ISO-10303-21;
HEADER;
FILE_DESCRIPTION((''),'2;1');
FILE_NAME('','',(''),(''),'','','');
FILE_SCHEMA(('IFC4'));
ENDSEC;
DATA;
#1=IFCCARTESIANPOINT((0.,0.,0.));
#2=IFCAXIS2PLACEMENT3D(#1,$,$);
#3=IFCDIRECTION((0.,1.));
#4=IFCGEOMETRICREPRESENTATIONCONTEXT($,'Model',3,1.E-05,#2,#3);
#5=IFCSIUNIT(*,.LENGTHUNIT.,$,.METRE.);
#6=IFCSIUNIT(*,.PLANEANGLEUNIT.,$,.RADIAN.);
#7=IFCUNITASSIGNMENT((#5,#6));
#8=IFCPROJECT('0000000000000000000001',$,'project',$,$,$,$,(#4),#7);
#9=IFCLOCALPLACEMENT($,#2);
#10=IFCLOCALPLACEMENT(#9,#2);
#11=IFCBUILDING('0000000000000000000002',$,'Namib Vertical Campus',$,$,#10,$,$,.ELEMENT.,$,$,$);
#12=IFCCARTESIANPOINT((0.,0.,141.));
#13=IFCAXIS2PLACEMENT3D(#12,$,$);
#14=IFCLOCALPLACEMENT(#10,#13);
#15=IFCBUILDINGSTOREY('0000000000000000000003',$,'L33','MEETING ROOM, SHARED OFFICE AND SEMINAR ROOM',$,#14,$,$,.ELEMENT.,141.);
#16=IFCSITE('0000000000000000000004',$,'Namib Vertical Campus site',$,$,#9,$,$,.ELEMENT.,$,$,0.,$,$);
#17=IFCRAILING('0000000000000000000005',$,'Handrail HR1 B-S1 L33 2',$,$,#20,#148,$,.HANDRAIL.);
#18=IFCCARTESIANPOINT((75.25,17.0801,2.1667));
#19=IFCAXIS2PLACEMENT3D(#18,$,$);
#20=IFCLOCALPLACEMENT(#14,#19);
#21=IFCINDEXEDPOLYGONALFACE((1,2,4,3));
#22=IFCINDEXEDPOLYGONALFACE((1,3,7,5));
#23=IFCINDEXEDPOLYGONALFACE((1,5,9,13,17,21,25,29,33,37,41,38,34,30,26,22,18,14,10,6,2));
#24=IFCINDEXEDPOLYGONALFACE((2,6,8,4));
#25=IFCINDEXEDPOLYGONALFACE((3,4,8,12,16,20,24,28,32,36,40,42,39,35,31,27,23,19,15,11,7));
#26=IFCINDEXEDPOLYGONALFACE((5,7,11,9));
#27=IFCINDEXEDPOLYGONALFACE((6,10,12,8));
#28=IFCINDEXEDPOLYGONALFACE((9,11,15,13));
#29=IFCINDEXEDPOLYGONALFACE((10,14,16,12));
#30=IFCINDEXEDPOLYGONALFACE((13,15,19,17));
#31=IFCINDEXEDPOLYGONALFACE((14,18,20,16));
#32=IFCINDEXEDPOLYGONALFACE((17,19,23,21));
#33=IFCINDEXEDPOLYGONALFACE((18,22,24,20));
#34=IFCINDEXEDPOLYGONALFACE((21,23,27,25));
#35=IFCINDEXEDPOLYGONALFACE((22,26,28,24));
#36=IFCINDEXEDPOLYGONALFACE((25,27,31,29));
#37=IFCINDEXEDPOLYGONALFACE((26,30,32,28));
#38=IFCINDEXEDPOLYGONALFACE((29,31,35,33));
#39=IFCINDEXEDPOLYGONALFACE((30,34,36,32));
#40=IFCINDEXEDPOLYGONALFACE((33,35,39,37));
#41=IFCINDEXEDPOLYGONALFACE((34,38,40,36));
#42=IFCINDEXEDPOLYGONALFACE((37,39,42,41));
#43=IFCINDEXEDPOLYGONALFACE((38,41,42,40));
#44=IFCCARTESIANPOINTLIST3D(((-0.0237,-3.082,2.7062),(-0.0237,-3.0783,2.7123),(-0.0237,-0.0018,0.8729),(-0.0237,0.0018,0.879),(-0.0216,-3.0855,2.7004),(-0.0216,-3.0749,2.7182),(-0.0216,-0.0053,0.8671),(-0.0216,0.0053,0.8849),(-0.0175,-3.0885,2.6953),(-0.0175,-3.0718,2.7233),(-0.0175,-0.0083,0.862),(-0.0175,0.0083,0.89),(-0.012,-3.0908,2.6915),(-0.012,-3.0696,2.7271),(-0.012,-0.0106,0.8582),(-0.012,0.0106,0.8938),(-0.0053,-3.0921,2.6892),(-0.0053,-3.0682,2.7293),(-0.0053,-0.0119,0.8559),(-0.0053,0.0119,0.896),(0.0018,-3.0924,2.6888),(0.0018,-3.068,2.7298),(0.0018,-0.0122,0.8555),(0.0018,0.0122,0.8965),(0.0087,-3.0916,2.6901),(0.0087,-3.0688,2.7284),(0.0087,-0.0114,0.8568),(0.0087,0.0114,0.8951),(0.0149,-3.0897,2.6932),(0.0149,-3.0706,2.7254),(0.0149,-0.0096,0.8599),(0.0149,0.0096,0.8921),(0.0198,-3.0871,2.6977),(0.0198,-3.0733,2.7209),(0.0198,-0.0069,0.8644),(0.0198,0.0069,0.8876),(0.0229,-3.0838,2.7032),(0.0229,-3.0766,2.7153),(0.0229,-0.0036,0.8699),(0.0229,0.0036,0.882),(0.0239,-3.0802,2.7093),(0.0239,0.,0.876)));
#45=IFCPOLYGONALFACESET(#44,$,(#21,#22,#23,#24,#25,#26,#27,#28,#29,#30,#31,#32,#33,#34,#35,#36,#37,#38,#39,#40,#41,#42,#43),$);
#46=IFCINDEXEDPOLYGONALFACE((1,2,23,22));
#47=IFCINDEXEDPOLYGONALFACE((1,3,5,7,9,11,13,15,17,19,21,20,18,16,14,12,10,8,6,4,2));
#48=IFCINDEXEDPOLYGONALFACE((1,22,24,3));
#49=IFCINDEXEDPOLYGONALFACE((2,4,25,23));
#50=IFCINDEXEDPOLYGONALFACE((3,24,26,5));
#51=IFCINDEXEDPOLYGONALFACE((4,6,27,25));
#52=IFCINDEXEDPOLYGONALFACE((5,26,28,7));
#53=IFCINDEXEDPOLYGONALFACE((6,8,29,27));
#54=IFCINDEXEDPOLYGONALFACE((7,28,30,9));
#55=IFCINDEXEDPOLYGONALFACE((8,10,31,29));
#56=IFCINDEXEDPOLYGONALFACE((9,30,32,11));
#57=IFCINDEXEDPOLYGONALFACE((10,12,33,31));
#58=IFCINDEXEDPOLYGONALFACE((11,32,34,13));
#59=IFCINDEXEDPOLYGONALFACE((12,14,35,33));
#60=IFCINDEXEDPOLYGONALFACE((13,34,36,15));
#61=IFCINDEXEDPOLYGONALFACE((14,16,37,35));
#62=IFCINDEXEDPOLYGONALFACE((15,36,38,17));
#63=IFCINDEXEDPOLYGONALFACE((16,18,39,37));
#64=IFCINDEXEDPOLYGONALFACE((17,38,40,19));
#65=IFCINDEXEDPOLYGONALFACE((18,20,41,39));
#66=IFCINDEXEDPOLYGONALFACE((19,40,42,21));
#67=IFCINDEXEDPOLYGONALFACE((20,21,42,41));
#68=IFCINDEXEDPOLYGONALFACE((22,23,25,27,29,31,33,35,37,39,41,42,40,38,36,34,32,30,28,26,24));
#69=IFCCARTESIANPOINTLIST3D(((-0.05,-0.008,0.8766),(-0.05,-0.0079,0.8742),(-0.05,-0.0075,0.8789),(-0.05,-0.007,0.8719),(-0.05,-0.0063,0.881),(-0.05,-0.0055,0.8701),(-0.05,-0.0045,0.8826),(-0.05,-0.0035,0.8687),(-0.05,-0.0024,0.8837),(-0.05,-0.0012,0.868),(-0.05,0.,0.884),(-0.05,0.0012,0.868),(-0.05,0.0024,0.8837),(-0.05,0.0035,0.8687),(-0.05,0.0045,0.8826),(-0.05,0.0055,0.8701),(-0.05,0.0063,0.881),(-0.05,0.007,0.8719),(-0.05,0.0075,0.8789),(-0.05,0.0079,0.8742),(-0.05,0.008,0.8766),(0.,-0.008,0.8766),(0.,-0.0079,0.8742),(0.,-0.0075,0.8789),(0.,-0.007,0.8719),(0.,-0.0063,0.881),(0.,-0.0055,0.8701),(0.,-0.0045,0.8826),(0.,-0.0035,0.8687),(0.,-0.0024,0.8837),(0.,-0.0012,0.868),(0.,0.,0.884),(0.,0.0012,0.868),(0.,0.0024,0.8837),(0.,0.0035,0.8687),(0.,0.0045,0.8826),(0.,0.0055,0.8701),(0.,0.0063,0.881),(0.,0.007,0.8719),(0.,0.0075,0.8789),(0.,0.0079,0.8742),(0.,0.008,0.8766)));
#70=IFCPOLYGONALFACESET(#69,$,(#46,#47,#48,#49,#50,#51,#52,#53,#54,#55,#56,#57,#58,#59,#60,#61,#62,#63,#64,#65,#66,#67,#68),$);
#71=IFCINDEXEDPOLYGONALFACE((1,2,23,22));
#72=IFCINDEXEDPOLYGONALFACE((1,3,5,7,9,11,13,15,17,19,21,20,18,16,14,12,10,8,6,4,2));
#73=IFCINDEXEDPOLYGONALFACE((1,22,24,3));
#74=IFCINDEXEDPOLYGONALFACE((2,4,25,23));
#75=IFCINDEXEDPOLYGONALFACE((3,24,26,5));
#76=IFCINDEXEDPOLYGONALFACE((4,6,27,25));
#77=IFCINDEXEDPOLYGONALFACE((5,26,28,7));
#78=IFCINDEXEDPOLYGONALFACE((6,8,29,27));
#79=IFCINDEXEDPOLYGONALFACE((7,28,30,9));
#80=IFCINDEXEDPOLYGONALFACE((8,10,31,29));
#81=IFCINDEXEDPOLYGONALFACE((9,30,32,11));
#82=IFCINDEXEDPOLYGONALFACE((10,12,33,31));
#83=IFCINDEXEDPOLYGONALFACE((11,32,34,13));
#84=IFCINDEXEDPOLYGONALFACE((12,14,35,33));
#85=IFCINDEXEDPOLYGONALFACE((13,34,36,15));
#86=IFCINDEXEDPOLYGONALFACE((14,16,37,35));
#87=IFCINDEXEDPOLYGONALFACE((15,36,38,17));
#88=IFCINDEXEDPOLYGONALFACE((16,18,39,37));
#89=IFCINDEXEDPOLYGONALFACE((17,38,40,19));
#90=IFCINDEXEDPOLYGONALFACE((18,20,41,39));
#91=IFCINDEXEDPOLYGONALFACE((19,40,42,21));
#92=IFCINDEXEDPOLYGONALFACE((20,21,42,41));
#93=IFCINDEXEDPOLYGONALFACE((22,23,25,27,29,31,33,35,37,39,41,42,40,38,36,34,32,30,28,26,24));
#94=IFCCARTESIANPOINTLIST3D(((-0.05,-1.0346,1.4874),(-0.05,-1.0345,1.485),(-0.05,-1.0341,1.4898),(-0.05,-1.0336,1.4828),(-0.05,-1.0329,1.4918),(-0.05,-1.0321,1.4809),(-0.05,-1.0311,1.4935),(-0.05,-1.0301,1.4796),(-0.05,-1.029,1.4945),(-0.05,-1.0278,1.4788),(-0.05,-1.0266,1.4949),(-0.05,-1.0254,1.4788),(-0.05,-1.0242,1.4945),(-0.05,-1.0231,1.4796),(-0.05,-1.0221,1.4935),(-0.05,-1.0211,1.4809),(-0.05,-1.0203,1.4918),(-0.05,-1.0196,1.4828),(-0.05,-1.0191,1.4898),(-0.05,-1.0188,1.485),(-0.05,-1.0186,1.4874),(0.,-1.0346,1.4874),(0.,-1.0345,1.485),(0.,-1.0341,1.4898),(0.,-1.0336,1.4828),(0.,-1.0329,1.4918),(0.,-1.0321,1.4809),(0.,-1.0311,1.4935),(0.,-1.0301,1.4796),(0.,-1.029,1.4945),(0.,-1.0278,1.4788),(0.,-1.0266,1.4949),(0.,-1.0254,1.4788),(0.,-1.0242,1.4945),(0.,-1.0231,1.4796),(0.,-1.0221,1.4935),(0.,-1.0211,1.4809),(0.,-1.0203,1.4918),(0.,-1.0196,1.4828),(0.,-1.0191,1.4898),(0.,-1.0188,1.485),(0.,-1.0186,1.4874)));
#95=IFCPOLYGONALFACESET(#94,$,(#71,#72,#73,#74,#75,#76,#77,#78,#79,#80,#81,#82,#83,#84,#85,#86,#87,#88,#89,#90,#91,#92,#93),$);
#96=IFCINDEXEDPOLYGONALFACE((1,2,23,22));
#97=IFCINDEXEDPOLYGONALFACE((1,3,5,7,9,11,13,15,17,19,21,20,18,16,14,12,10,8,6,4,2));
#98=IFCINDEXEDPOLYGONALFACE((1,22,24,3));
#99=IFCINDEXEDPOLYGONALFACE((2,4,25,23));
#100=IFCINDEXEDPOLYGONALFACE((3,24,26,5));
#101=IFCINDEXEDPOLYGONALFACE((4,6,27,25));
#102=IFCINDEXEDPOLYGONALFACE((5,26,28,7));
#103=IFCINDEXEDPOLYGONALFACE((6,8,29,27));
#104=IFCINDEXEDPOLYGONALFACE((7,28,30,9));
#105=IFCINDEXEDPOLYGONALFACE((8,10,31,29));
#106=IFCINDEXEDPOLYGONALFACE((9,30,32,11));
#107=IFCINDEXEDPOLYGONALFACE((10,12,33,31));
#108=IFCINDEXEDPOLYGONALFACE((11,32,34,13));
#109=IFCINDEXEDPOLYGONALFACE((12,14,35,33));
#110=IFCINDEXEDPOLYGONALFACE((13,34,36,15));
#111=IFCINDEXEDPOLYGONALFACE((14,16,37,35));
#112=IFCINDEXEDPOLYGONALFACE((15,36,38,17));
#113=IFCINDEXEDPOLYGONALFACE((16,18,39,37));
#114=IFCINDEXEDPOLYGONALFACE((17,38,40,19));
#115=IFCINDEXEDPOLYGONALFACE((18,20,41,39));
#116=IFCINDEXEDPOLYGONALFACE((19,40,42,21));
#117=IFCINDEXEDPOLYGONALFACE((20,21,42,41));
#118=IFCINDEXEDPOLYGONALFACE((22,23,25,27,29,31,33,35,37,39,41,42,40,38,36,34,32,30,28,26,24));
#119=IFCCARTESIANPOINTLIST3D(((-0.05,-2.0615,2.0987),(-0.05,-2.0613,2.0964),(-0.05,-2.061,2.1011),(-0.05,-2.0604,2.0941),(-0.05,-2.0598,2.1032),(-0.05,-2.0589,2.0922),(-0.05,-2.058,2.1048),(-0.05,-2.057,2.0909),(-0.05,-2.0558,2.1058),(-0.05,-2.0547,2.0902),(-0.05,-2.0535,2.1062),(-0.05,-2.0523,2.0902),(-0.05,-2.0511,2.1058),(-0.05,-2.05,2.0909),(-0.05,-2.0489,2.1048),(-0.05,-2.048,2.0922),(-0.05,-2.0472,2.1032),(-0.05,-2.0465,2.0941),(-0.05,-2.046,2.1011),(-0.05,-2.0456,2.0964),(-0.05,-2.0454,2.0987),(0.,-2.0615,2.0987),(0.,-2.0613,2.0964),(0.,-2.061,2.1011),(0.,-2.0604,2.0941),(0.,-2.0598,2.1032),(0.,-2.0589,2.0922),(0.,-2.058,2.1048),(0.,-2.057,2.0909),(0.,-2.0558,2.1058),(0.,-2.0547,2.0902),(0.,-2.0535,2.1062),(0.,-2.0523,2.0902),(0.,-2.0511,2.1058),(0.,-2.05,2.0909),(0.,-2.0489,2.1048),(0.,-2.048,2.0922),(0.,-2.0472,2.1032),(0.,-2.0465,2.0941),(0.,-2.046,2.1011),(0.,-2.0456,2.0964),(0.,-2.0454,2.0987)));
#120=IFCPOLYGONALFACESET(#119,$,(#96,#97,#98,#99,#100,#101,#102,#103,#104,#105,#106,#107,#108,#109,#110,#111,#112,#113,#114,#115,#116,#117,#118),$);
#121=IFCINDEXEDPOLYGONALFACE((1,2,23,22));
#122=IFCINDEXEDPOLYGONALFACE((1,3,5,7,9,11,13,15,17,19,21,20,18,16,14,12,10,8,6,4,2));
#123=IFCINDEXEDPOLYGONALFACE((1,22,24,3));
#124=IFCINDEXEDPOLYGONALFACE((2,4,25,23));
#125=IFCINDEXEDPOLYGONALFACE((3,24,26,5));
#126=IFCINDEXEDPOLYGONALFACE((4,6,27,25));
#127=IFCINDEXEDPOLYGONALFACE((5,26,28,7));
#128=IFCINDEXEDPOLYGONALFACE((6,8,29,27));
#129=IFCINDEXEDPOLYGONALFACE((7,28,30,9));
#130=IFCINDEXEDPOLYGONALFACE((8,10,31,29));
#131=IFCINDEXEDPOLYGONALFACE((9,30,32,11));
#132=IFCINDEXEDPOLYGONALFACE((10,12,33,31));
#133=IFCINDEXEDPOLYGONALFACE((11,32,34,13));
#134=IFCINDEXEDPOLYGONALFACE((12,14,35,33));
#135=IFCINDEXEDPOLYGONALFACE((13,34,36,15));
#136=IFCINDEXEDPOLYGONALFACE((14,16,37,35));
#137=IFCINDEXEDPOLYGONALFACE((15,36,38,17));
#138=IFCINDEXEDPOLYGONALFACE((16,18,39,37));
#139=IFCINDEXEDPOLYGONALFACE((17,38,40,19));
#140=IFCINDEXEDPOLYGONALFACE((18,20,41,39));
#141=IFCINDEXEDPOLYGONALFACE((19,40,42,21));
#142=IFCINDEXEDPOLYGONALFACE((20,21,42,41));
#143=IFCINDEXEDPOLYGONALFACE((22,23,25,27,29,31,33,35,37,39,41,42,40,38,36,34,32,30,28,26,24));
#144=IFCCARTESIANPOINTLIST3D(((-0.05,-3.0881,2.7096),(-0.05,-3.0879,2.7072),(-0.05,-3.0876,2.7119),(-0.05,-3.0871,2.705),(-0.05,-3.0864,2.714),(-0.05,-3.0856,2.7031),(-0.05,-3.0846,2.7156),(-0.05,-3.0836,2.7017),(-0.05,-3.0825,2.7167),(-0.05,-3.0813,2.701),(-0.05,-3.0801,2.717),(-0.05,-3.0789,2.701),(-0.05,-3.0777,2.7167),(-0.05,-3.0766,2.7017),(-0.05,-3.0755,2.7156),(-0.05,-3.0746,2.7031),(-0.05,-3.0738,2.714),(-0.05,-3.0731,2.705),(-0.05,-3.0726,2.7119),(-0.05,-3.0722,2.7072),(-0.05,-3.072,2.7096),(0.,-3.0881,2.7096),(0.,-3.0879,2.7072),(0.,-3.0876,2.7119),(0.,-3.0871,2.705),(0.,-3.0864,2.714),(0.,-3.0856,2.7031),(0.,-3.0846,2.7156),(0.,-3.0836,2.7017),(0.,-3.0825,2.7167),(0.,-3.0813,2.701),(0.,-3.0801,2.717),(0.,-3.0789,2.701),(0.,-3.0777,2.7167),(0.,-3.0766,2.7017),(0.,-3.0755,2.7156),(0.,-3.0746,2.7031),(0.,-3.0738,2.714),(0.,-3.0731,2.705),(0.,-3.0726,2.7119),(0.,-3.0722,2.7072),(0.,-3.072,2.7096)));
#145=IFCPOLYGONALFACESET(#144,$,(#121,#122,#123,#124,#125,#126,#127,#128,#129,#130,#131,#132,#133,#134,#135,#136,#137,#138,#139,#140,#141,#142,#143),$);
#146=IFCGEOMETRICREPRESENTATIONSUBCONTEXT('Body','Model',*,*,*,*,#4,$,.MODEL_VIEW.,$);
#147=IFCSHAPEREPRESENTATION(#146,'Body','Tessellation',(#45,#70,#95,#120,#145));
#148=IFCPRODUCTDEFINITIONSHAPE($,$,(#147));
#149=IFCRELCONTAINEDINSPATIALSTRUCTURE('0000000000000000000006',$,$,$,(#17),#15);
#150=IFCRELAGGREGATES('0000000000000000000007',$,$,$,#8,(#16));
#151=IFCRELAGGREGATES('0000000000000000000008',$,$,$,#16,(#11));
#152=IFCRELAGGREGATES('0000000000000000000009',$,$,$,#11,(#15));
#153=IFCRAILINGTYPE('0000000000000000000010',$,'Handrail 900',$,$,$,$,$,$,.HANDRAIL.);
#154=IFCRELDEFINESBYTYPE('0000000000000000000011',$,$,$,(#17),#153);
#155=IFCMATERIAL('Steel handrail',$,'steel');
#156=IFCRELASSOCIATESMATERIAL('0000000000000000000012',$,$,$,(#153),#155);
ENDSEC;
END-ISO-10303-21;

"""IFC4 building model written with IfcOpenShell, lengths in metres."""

from ifc_helpers import new_model, si_unit, direction, frame, origin, origin_2d, place, context, subcontext, project, spatial, circle, extrude, material, type_object, element, save


model = new_model("IFC4")

# Units and contexts
model_context = context("Model", 3, precision=1e-05, world=origin(), true_north=direction((0.0, 1.0)))
body_context = subcontext(model_context, "Body", "Model", "MODEL_VIEW")
ifc_project = project(units=[si_unit("LENGTHUNIT", "METRE"), si_unit("PLANEANGLEUNIT", "RADIAN")], contexts=[model_context])

# Site, building, storey
site_placement = place(None, origin())
site = spatial("IfcSite", under=ifc_project, at=site_placement, Name="Namib Vertical Campus site", CompositionType="ELEMENT", RefElevation=0.0)
building_placement = place(site_placement, origin())
building = spatial("IfcBuilding", under=site, at=building_placement, Name="Namib Vertical Campus", CompositionType="ELEMENT")
storey_placement = place(building_placement, frame((0.0, 0.0, 141.0)))
storey = spatial("IfcBuildingStorey", under=building, at=storey_placement, Name="L33", Description="MEETING ROOM, SHARED OFFICE AND SEMINAR ROOM", CompositionType="ELEMENT", Elevation=141.0)

# Railing
ifc_material_1 = material(Name="Steel handrail", Category="steel")
railing_type_1 = type_object("IfcRailingType", Name="Handrail 900", PredefinedType="HANDRAIL", material=ifc_material_1)
railing_1_placement = place(storey_placement, frame((75.25, 17.0801, 2.1667)))
element("IfcRailing", 1, at=railing_1_placement, inside=storey, type_object=railing_type_1, Name="Handrail HR1 B-S1 L33 2", PredefinedType="HANDRAIL", context=body_context, shape_type="SweptSolid", body=[
    extrude(circle(Radius=0.0239, at=origin_2d()), frame((0.0, 0.0, 0.876), z_axis=(0.0, -0.859309, 0.511458), x_axis=(1.0, 0.0, 0.0)), (0.0, 0.0, 1.0), 3.5845),
    extrude(circle(Radius=0.0081, at=origin_2d()), frame((0.0, 0.0, 0.876), z_axis=(-1.0, 0.0, 0.0), x_axis=(0.0, 0.0, 1.0)), (0.0, 0.0, 1.0), 0.05),
    extrude(circle(Radius=0.0081, at=origin_2d()), frame((0.0, -1.0266, 1.4868), z_axis=(-1.0, 0.0, 0.0), x_axis=(0.0, 0.0, 1.0)), (0.0, 0.0, 1.0), 0.05),
    extrude(circle(Radius=0.0081, at=origin_2d()), frame((0.0, -2.0535, 2.0981), z_axis=(-1.0, 0.0, 0.0), x_axis=(0.0, 0.0, 1.0)), (0.0, 0.0, 1.0), 0.05),
    extrude(circle(Radius=0.0081, at=origin_2d()), frame((0.0, -3.0801, 2.709), z_axis=(-1.0, 0.0, 0.0), x_axis=(0.0, 0.0, 1.0)), (0.0, 0.0, 1.0), 0.05),
])

save(model, "model.ifc")
